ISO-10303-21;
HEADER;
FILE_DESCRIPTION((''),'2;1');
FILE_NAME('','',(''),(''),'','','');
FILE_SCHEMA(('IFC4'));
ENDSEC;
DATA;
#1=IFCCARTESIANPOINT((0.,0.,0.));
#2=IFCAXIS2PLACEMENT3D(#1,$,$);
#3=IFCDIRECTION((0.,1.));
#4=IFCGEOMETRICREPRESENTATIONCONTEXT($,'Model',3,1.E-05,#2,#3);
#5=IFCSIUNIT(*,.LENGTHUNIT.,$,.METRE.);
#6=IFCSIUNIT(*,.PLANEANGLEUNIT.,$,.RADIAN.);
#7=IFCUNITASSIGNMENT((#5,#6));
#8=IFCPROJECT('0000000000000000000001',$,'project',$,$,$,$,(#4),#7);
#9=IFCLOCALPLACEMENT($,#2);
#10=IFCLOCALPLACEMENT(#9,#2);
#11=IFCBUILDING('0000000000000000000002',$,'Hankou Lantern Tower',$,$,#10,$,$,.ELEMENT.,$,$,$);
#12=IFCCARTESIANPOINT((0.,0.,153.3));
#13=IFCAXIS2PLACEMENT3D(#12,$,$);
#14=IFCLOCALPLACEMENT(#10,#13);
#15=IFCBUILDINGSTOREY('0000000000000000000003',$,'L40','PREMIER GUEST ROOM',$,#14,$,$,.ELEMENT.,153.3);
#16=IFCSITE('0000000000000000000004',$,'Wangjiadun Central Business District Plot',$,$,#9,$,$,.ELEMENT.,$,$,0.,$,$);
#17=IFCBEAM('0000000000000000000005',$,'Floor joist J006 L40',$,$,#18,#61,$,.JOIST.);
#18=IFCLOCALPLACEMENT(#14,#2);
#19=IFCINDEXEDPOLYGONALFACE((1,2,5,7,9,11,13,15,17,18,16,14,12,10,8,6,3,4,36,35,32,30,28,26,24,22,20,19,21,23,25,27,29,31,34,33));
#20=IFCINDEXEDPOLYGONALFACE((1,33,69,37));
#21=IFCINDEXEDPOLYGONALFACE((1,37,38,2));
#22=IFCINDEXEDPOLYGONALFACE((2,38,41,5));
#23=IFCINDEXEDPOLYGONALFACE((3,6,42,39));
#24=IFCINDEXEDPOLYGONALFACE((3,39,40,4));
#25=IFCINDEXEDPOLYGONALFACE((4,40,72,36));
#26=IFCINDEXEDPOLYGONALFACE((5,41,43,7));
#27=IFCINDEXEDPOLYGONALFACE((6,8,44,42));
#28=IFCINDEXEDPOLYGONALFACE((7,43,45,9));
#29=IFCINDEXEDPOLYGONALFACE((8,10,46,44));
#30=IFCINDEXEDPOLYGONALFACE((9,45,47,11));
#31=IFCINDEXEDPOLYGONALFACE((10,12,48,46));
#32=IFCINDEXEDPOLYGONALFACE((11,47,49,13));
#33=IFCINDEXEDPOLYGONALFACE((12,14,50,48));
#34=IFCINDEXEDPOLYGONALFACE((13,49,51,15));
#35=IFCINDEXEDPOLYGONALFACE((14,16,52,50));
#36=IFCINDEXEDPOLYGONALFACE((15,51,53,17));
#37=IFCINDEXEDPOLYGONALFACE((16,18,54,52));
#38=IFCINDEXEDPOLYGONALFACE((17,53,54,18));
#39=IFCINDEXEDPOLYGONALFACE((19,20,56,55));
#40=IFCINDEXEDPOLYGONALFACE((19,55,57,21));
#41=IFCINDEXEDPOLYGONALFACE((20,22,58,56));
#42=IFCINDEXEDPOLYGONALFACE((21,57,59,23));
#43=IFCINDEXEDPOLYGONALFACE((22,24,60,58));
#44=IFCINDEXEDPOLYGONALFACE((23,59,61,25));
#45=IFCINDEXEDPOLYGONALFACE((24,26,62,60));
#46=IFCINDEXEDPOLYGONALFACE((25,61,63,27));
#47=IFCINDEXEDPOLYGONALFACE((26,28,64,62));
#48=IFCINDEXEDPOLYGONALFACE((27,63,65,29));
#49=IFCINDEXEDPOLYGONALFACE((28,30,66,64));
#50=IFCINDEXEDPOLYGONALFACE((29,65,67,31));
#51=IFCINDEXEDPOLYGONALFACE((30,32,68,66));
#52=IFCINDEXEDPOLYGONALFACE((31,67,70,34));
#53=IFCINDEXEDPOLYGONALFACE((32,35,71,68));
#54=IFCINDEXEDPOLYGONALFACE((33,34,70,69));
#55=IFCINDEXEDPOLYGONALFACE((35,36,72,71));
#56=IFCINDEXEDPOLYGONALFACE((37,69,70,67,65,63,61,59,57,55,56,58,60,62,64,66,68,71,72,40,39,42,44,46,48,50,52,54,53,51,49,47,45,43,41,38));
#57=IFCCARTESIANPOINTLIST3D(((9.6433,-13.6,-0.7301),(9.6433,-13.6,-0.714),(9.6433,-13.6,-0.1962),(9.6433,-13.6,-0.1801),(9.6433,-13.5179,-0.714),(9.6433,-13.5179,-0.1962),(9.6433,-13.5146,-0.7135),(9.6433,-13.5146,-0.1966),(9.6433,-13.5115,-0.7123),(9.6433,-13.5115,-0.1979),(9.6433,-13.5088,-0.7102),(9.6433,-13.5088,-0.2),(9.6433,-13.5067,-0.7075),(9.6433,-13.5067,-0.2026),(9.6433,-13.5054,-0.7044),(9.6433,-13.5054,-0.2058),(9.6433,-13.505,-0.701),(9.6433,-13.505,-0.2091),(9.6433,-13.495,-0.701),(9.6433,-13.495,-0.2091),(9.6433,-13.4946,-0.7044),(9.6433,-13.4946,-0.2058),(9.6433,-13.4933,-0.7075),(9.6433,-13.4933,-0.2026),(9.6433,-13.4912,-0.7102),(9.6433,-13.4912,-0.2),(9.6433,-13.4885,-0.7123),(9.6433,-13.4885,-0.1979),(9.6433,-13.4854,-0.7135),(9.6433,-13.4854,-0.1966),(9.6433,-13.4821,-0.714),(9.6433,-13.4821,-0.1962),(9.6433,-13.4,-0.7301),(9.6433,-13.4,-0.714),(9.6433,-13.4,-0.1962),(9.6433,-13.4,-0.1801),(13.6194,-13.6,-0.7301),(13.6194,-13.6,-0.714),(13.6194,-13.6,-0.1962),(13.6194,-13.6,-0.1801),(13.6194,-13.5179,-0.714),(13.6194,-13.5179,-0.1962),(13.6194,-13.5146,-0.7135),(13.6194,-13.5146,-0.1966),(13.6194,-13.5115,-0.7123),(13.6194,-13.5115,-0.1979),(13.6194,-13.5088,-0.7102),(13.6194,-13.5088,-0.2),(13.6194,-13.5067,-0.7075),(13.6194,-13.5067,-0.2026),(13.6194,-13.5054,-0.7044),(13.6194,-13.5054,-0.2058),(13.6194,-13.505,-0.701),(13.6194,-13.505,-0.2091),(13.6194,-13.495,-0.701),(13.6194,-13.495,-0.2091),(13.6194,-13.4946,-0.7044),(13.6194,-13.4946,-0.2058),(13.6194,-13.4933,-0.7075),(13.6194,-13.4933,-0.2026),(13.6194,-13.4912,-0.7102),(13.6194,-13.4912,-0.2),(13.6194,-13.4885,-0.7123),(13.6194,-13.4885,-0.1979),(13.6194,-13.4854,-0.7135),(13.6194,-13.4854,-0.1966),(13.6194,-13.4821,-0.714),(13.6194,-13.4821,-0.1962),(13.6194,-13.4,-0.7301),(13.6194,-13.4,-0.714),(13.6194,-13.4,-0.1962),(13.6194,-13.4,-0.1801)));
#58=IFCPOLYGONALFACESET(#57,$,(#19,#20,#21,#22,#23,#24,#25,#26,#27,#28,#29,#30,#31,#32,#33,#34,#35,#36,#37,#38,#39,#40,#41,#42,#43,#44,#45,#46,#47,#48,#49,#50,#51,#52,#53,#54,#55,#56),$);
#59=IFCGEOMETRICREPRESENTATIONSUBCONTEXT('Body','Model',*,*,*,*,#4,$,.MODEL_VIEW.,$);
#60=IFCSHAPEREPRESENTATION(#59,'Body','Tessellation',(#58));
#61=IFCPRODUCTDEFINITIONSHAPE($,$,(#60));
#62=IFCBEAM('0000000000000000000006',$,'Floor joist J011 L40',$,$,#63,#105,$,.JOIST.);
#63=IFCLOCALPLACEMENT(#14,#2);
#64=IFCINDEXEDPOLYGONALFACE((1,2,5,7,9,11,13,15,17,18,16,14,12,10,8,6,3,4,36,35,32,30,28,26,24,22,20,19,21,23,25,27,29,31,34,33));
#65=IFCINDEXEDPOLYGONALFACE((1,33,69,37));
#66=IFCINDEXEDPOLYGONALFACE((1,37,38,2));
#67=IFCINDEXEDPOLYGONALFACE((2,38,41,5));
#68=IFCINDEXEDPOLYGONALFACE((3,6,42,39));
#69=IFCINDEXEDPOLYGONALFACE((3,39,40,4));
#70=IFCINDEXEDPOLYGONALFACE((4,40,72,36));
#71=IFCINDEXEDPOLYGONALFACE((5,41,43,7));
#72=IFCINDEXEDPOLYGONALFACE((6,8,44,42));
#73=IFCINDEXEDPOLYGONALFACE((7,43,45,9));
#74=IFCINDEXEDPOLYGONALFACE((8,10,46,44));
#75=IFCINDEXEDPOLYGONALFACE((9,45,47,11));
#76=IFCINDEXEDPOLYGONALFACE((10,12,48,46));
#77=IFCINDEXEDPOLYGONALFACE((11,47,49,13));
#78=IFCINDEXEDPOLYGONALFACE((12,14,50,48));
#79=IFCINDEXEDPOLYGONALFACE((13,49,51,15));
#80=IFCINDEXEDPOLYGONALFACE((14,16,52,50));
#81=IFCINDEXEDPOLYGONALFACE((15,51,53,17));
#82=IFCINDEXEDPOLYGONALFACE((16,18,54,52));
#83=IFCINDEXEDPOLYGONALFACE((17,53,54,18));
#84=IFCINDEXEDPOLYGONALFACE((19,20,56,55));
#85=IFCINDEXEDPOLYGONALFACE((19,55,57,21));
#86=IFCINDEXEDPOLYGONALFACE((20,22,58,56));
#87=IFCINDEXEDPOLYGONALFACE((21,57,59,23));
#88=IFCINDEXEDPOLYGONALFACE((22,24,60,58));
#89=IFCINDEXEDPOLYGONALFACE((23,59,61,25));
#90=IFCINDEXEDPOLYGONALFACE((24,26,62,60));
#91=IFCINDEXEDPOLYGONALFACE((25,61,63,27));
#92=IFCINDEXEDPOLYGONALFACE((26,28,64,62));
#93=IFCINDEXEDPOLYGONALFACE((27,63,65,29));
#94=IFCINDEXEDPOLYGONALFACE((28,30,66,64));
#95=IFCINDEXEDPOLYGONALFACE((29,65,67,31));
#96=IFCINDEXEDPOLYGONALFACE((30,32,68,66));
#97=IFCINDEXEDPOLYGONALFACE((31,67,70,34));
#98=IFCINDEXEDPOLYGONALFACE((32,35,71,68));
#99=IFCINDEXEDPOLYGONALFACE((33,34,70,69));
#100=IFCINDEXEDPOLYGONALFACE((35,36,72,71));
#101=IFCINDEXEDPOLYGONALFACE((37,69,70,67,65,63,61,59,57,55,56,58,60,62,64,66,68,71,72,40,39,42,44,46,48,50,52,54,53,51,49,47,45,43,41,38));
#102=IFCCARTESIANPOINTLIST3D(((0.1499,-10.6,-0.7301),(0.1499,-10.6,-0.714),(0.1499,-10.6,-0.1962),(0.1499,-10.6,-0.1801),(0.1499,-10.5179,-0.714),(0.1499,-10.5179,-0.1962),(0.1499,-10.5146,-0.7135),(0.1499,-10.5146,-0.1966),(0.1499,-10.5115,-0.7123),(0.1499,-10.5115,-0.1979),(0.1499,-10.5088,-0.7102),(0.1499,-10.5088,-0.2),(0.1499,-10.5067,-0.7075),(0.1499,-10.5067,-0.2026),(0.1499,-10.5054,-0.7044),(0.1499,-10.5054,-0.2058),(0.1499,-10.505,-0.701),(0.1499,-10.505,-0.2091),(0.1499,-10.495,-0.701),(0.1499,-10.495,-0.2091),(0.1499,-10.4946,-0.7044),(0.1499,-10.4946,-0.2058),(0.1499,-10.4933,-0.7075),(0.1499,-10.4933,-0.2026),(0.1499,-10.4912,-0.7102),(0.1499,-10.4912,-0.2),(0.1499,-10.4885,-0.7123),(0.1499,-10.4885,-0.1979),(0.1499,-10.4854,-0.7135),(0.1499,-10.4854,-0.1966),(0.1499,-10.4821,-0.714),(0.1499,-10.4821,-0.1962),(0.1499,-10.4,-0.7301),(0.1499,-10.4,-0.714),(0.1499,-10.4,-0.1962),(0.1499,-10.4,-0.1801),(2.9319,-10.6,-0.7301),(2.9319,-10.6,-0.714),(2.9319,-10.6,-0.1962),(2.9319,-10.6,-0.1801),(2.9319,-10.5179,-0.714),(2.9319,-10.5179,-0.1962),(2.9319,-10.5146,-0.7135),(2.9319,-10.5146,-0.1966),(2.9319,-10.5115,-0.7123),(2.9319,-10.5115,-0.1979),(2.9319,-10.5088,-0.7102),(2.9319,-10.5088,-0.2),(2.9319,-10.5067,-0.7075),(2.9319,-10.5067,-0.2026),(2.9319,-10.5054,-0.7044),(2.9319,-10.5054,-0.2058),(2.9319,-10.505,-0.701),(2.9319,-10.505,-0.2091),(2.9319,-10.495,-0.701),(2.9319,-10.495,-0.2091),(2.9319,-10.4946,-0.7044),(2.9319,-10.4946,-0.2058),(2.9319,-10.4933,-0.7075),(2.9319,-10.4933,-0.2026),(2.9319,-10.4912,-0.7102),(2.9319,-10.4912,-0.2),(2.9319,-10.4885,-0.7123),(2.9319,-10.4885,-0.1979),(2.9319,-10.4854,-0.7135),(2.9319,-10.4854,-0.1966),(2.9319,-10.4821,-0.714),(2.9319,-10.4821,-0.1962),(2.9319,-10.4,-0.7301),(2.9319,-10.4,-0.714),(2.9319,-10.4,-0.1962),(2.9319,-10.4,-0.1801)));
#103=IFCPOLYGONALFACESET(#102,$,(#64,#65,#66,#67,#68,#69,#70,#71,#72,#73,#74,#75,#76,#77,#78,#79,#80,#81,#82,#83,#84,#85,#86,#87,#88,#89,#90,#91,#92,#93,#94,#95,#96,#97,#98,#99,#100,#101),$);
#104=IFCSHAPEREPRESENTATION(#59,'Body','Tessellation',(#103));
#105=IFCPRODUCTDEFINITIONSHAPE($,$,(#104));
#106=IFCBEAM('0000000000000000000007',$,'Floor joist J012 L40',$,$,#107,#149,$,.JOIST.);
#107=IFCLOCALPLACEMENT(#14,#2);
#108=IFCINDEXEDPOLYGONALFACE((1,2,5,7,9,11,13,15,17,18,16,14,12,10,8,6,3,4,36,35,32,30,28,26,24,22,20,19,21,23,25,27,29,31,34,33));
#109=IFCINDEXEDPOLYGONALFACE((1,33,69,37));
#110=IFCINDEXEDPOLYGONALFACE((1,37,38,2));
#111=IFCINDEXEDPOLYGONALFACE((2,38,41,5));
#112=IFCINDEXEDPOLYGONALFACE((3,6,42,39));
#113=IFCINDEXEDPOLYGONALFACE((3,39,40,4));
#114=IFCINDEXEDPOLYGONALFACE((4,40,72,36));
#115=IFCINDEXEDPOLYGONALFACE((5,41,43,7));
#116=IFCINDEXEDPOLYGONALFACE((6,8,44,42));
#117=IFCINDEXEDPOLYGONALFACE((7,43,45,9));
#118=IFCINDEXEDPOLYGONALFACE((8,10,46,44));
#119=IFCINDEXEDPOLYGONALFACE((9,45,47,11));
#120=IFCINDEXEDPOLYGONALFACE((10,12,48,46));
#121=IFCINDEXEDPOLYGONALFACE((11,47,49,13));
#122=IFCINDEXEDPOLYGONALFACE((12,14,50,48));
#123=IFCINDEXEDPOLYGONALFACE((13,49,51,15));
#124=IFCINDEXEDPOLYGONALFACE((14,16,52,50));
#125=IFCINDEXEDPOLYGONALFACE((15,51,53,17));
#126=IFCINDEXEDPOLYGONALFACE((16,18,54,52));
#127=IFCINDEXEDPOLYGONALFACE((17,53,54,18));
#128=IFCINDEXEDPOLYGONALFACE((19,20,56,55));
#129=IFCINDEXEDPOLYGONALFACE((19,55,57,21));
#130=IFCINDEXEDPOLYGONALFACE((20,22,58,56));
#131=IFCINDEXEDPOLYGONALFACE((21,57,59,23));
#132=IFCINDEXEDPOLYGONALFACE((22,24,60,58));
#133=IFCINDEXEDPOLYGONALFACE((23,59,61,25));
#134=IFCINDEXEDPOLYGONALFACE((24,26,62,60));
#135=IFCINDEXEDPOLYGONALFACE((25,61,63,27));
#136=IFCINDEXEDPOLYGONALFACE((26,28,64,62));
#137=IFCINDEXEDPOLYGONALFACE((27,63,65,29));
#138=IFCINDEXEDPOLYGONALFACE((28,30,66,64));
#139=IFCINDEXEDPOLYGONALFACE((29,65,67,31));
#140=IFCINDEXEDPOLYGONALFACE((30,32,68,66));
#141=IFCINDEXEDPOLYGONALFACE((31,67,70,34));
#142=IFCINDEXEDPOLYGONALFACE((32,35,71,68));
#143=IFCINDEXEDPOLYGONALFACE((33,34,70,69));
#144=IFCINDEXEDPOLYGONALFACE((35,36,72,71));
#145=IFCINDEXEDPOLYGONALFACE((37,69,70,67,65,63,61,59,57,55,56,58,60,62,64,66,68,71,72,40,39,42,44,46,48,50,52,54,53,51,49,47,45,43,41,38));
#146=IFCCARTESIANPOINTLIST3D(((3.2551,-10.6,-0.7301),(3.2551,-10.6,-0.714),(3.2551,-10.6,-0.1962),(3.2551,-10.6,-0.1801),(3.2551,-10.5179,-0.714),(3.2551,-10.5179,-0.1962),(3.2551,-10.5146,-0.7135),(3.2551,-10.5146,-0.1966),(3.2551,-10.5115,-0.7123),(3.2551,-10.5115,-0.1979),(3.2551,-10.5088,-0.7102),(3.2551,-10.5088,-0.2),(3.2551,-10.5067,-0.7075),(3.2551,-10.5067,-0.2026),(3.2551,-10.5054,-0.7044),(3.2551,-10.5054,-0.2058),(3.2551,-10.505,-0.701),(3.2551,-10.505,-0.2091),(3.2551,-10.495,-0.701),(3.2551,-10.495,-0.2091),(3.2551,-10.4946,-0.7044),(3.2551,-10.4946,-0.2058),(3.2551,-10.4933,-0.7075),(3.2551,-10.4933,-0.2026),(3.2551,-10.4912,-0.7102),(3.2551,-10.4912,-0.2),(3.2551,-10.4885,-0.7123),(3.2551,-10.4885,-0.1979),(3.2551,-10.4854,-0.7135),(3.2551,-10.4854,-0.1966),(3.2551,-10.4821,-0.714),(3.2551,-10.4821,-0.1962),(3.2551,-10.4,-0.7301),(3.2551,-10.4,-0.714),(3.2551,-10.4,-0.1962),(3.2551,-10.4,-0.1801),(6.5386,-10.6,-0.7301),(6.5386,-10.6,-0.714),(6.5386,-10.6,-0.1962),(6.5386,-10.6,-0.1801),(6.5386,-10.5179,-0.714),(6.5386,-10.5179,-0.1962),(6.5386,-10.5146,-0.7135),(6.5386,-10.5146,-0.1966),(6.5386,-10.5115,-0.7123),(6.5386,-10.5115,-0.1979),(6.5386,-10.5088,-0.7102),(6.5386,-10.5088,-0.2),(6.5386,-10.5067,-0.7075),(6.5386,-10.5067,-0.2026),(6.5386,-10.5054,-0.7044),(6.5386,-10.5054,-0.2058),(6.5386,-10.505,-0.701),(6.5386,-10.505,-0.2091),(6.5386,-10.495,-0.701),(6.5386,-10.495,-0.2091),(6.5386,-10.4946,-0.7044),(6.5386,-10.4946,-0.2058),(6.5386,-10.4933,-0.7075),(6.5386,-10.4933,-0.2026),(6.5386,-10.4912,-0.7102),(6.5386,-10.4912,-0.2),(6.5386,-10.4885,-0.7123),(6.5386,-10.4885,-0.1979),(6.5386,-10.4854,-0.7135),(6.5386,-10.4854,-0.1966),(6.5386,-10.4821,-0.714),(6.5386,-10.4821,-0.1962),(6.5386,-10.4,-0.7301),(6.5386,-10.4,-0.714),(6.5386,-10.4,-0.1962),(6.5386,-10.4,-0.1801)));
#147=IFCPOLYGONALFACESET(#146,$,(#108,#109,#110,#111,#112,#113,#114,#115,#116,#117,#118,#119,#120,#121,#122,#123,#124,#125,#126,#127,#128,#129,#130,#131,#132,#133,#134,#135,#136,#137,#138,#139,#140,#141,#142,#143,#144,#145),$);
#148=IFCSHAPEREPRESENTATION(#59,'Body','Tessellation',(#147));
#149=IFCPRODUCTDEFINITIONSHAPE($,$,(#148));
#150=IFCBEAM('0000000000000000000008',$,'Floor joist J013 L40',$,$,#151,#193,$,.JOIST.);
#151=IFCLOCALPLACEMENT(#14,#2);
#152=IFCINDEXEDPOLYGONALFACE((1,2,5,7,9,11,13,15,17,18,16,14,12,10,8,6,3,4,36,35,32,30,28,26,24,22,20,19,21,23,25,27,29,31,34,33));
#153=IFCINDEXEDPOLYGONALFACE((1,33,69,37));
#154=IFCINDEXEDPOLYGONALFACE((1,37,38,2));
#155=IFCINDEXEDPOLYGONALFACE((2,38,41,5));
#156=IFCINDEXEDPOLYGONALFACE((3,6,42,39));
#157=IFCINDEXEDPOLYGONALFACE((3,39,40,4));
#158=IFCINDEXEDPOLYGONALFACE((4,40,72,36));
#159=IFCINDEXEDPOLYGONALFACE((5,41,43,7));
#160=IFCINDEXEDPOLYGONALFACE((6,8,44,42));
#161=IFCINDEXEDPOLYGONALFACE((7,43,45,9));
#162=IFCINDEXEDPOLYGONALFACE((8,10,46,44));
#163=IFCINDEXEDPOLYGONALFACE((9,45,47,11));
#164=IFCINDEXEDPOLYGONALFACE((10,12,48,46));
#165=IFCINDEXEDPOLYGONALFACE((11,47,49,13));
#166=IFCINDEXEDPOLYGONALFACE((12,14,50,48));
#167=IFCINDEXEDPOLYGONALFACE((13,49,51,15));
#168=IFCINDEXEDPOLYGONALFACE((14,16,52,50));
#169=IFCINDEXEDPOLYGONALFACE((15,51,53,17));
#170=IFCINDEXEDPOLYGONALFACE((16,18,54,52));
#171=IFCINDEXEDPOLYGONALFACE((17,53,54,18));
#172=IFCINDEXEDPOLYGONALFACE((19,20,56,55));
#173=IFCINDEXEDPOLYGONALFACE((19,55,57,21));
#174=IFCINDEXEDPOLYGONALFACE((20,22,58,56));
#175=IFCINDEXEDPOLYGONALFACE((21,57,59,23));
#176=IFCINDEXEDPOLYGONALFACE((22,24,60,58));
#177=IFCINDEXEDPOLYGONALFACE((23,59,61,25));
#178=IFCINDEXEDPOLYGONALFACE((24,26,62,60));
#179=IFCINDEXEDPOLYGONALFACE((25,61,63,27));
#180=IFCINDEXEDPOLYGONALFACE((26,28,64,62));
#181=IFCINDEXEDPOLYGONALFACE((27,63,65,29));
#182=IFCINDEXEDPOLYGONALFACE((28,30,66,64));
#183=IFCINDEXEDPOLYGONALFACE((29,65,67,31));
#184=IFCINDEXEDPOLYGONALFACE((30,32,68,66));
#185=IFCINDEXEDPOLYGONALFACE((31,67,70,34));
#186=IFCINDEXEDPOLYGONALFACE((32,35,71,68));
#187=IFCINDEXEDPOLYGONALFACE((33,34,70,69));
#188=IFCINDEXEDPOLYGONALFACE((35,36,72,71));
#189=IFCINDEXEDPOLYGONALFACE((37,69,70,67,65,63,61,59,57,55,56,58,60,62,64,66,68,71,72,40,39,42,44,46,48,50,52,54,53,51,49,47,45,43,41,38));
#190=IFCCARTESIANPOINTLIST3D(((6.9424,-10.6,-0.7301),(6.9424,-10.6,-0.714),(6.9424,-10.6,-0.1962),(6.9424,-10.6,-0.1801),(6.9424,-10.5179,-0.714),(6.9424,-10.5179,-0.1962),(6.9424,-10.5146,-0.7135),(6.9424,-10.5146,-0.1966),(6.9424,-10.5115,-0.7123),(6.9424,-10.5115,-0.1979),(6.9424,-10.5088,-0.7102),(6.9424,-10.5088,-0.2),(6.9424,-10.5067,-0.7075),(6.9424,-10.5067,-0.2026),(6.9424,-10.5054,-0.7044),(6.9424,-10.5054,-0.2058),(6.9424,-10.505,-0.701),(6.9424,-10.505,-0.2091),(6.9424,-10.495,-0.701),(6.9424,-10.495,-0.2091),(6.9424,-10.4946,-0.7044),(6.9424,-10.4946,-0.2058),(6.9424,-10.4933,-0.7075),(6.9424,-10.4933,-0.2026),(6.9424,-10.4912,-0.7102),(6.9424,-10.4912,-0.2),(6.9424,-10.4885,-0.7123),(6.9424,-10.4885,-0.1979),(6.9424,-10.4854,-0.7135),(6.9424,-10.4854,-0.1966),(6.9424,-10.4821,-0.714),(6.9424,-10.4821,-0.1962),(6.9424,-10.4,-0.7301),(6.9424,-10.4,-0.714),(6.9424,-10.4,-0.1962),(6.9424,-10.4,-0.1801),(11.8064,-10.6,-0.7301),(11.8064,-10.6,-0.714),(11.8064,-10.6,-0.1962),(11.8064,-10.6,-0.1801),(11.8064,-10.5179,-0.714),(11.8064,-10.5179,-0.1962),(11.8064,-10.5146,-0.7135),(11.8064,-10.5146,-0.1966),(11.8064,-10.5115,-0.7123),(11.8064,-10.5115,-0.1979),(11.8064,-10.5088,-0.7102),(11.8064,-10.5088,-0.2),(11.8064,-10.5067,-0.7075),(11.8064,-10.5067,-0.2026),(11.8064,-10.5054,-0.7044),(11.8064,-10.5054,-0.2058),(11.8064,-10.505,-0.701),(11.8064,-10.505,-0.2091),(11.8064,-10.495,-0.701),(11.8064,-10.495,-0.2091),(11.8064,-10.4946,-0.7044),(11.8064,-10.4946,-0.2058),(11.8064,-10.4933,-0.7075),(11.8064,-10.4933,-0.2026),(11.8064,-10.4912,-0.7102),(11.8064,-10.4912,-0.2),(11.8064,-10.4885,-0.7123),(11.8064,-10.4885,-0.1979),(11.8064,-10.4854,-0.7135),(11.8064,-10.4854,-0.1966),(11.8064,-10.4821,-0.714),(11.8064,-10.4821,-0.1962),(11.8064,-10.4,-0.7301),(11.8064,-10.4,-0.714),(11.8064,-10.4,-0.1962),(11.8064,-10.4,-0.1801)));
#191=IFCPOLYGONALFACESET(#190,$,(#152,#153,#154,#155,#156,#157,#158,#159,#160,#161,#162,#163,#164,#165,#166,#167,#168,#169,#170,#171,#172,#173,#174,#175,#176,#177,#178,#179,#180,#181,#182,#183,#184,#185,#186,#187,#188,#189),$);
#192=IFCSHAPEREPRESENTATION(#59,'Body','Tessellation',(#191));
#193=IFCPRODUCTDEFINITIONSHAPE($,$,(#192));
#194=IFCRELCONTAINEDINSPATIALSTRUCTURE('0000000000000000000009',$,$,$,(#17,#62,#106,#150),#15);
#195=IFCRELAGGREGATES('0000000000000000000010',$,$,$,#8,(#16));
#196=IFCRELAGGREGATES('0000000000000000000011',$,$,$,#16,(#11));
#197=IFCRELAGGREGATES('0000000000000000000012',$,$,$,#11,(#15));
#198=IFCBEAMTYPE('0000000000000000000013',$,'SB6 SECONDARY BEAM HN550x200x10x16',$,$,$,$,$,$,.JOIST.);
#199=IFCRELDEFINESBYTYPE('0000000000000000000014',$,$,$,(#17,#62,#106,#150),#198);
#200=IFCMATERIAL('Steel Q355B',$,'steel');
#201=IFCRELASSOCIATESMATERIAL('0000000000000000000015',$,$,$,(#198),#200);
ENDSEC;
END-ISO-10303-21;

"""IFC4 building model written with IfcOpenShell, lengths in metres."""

from ifc_helpers import new_model, si_unit, direction, frame, origin, origin_2d, place, context, subcontext, project, spatial, i_section, extrude, material, material_profile, profile_set, type_object, element, save


model = new_model("IFC4")

# Units and contexts
model_context = context("Model", 3, precision=1e-05, world=origin(), true_north=direction((0.0, 1.0)))
body_context = subcontext(model_context, "Body", "Model", "MODEL_VIEW")
ifc_project = project(units=[si_unit("LENGTHUNIT", "METRE"), si_unit("PLANEANGLEUNIT", "RADIAN")], contexts=[model_context])

# Site, building, storey
site_placement = place(None, origin())
site = spatial("IfcSite", under=ifc_project, at=site_placement, Name="Wangjiadun Central Business District Plot", CompositionType="ELEMENT", RefElevation=0.0)
building_placement = place(site_placement, origin())
building = spatial("IfcBuilding", under=site, at=building_placement, Name="Hankou Lantern Tower", CompositionType="ELEMENT")
storey_placement = place(building_placement, frame((0.0, 0.0, 153.3)))
storey = spatial("IfcBuildingStorey", under=building, at=storey_placement, Name="L40", Description="PREMIER GUEST ROOM", CompositionType="ELEMENT", Elevation=153.3)

# Beams
ifc_material_1 = material(Name="Steel Q355B", Category="steel")
ifc_material_profile_1 = material_profile(ifc_material_1, i_section(OverallWidth=0.2, OverallDepth=0.55, WebThickness=0.01, FlangeThickness=0.0161, FilletRadius=0.0129, at=origin_2d()), Name="HN550x200x10x16")
ifc_profile_set_1 = profile_set([ifc_material_profile_1], Name="Steel Q355B")
beam_type_1 = type_object("IfcBeamType", Name="SB6 SECONDARY BEAM HN550x200x10x16", PredefinedType="JOIST", material=ifc_profile_set_1)
beam_1_placement = place(storey_placement, frame((9.6433, -13.5, -0.4551), z_axis=(1.0, 0.0, 0.0), x_axis=(0.0, 1.0, 0.0)))
element("IfcBeam", 1, at=beam_1_placement, inside=storey, type_object=beam_type_1, Name="Floor joist J006 L40", PredefinedType="JOIST", context=body_context, shape_type="SweptSolid", body=[
    extrude(i_section(OverallWidth=0.2, OverallDepth=0.55, WebThickness=0.01, FlangeThickness=0.0161, FilletRadius=0.0129, at=origin_2d()), origin(), (0.0, 0.0, 1.0), 3.9761),
])
beam_2_placement = place(storey_placement, frame((0.1499, -10.5, -0.4551), z_axis=(1.0, 0.0, 0.0), x_axis=(0.0, 1.0, 0.0)))
element("IfcBeam", 2, at=beam_2_placement, inside=storey, type_object=beam_type_1, Name="Floor joist J011 L40", PredefinedType="JOIST", context=body_context, shape_type="SweptSolid", body=[
    extrude(i_section(OverallWidth=0.2, OverallDepth=0.55, WebThickness=0.01, FlangeThickness=0.0161, FilletRadius=0.0129, at=origin_2d()), origin(), (0.0, 0.0, 1.0), 2.782),
])
beam_3_placement = place(storey_placement, frame((3.2551, -10.5, -0.4551), z_axis=(1.0, 0.0, 0.0), x_axis=(0.0, 1.0, 0.0)))
element("IfcBeam", 3, at=beam_3_placement, inside=storey, type_object=beam_type_1, Name="Floor joist J012 L40", PredefinedType="JOIST", context=body_context, shape_type="SweptSolid", body=[
    extrude(i_section(OverallWidth=0.2, OverallDepth=0.55, WebThickness=0.01, FlangeThickness=0.0161, FilletRadius=0.0129, at=origin_2d()), origin(), (0.0, 0.0, 1.0), 3.2834),
])
beam_4_placement = place(storey_placement, frame((6.9424, -10.5, -0.4551), z_axis=(1.0, 0.0, 0.0), x_axis=(0.0, 1.0, 0.0)))
element("IfcBeam", 4, at=beam_4_placement, inside=storey, type_object=beam_type_1, Name="Floor joist J013 L40", PredefinedType="JOIST", context=body_context, shape_type="SweptSolid", body=[
    extrude(i_section(OverallWidth=0.2, OverallDepth=0.55, WebThickness=0.01, FlangeThickness=0.0161, FilletRadius=0.0129, at=origin_2d()), origin(), (0.0, 0.0, 1.0), 4.864),
])

save(model, "model.ifc")
